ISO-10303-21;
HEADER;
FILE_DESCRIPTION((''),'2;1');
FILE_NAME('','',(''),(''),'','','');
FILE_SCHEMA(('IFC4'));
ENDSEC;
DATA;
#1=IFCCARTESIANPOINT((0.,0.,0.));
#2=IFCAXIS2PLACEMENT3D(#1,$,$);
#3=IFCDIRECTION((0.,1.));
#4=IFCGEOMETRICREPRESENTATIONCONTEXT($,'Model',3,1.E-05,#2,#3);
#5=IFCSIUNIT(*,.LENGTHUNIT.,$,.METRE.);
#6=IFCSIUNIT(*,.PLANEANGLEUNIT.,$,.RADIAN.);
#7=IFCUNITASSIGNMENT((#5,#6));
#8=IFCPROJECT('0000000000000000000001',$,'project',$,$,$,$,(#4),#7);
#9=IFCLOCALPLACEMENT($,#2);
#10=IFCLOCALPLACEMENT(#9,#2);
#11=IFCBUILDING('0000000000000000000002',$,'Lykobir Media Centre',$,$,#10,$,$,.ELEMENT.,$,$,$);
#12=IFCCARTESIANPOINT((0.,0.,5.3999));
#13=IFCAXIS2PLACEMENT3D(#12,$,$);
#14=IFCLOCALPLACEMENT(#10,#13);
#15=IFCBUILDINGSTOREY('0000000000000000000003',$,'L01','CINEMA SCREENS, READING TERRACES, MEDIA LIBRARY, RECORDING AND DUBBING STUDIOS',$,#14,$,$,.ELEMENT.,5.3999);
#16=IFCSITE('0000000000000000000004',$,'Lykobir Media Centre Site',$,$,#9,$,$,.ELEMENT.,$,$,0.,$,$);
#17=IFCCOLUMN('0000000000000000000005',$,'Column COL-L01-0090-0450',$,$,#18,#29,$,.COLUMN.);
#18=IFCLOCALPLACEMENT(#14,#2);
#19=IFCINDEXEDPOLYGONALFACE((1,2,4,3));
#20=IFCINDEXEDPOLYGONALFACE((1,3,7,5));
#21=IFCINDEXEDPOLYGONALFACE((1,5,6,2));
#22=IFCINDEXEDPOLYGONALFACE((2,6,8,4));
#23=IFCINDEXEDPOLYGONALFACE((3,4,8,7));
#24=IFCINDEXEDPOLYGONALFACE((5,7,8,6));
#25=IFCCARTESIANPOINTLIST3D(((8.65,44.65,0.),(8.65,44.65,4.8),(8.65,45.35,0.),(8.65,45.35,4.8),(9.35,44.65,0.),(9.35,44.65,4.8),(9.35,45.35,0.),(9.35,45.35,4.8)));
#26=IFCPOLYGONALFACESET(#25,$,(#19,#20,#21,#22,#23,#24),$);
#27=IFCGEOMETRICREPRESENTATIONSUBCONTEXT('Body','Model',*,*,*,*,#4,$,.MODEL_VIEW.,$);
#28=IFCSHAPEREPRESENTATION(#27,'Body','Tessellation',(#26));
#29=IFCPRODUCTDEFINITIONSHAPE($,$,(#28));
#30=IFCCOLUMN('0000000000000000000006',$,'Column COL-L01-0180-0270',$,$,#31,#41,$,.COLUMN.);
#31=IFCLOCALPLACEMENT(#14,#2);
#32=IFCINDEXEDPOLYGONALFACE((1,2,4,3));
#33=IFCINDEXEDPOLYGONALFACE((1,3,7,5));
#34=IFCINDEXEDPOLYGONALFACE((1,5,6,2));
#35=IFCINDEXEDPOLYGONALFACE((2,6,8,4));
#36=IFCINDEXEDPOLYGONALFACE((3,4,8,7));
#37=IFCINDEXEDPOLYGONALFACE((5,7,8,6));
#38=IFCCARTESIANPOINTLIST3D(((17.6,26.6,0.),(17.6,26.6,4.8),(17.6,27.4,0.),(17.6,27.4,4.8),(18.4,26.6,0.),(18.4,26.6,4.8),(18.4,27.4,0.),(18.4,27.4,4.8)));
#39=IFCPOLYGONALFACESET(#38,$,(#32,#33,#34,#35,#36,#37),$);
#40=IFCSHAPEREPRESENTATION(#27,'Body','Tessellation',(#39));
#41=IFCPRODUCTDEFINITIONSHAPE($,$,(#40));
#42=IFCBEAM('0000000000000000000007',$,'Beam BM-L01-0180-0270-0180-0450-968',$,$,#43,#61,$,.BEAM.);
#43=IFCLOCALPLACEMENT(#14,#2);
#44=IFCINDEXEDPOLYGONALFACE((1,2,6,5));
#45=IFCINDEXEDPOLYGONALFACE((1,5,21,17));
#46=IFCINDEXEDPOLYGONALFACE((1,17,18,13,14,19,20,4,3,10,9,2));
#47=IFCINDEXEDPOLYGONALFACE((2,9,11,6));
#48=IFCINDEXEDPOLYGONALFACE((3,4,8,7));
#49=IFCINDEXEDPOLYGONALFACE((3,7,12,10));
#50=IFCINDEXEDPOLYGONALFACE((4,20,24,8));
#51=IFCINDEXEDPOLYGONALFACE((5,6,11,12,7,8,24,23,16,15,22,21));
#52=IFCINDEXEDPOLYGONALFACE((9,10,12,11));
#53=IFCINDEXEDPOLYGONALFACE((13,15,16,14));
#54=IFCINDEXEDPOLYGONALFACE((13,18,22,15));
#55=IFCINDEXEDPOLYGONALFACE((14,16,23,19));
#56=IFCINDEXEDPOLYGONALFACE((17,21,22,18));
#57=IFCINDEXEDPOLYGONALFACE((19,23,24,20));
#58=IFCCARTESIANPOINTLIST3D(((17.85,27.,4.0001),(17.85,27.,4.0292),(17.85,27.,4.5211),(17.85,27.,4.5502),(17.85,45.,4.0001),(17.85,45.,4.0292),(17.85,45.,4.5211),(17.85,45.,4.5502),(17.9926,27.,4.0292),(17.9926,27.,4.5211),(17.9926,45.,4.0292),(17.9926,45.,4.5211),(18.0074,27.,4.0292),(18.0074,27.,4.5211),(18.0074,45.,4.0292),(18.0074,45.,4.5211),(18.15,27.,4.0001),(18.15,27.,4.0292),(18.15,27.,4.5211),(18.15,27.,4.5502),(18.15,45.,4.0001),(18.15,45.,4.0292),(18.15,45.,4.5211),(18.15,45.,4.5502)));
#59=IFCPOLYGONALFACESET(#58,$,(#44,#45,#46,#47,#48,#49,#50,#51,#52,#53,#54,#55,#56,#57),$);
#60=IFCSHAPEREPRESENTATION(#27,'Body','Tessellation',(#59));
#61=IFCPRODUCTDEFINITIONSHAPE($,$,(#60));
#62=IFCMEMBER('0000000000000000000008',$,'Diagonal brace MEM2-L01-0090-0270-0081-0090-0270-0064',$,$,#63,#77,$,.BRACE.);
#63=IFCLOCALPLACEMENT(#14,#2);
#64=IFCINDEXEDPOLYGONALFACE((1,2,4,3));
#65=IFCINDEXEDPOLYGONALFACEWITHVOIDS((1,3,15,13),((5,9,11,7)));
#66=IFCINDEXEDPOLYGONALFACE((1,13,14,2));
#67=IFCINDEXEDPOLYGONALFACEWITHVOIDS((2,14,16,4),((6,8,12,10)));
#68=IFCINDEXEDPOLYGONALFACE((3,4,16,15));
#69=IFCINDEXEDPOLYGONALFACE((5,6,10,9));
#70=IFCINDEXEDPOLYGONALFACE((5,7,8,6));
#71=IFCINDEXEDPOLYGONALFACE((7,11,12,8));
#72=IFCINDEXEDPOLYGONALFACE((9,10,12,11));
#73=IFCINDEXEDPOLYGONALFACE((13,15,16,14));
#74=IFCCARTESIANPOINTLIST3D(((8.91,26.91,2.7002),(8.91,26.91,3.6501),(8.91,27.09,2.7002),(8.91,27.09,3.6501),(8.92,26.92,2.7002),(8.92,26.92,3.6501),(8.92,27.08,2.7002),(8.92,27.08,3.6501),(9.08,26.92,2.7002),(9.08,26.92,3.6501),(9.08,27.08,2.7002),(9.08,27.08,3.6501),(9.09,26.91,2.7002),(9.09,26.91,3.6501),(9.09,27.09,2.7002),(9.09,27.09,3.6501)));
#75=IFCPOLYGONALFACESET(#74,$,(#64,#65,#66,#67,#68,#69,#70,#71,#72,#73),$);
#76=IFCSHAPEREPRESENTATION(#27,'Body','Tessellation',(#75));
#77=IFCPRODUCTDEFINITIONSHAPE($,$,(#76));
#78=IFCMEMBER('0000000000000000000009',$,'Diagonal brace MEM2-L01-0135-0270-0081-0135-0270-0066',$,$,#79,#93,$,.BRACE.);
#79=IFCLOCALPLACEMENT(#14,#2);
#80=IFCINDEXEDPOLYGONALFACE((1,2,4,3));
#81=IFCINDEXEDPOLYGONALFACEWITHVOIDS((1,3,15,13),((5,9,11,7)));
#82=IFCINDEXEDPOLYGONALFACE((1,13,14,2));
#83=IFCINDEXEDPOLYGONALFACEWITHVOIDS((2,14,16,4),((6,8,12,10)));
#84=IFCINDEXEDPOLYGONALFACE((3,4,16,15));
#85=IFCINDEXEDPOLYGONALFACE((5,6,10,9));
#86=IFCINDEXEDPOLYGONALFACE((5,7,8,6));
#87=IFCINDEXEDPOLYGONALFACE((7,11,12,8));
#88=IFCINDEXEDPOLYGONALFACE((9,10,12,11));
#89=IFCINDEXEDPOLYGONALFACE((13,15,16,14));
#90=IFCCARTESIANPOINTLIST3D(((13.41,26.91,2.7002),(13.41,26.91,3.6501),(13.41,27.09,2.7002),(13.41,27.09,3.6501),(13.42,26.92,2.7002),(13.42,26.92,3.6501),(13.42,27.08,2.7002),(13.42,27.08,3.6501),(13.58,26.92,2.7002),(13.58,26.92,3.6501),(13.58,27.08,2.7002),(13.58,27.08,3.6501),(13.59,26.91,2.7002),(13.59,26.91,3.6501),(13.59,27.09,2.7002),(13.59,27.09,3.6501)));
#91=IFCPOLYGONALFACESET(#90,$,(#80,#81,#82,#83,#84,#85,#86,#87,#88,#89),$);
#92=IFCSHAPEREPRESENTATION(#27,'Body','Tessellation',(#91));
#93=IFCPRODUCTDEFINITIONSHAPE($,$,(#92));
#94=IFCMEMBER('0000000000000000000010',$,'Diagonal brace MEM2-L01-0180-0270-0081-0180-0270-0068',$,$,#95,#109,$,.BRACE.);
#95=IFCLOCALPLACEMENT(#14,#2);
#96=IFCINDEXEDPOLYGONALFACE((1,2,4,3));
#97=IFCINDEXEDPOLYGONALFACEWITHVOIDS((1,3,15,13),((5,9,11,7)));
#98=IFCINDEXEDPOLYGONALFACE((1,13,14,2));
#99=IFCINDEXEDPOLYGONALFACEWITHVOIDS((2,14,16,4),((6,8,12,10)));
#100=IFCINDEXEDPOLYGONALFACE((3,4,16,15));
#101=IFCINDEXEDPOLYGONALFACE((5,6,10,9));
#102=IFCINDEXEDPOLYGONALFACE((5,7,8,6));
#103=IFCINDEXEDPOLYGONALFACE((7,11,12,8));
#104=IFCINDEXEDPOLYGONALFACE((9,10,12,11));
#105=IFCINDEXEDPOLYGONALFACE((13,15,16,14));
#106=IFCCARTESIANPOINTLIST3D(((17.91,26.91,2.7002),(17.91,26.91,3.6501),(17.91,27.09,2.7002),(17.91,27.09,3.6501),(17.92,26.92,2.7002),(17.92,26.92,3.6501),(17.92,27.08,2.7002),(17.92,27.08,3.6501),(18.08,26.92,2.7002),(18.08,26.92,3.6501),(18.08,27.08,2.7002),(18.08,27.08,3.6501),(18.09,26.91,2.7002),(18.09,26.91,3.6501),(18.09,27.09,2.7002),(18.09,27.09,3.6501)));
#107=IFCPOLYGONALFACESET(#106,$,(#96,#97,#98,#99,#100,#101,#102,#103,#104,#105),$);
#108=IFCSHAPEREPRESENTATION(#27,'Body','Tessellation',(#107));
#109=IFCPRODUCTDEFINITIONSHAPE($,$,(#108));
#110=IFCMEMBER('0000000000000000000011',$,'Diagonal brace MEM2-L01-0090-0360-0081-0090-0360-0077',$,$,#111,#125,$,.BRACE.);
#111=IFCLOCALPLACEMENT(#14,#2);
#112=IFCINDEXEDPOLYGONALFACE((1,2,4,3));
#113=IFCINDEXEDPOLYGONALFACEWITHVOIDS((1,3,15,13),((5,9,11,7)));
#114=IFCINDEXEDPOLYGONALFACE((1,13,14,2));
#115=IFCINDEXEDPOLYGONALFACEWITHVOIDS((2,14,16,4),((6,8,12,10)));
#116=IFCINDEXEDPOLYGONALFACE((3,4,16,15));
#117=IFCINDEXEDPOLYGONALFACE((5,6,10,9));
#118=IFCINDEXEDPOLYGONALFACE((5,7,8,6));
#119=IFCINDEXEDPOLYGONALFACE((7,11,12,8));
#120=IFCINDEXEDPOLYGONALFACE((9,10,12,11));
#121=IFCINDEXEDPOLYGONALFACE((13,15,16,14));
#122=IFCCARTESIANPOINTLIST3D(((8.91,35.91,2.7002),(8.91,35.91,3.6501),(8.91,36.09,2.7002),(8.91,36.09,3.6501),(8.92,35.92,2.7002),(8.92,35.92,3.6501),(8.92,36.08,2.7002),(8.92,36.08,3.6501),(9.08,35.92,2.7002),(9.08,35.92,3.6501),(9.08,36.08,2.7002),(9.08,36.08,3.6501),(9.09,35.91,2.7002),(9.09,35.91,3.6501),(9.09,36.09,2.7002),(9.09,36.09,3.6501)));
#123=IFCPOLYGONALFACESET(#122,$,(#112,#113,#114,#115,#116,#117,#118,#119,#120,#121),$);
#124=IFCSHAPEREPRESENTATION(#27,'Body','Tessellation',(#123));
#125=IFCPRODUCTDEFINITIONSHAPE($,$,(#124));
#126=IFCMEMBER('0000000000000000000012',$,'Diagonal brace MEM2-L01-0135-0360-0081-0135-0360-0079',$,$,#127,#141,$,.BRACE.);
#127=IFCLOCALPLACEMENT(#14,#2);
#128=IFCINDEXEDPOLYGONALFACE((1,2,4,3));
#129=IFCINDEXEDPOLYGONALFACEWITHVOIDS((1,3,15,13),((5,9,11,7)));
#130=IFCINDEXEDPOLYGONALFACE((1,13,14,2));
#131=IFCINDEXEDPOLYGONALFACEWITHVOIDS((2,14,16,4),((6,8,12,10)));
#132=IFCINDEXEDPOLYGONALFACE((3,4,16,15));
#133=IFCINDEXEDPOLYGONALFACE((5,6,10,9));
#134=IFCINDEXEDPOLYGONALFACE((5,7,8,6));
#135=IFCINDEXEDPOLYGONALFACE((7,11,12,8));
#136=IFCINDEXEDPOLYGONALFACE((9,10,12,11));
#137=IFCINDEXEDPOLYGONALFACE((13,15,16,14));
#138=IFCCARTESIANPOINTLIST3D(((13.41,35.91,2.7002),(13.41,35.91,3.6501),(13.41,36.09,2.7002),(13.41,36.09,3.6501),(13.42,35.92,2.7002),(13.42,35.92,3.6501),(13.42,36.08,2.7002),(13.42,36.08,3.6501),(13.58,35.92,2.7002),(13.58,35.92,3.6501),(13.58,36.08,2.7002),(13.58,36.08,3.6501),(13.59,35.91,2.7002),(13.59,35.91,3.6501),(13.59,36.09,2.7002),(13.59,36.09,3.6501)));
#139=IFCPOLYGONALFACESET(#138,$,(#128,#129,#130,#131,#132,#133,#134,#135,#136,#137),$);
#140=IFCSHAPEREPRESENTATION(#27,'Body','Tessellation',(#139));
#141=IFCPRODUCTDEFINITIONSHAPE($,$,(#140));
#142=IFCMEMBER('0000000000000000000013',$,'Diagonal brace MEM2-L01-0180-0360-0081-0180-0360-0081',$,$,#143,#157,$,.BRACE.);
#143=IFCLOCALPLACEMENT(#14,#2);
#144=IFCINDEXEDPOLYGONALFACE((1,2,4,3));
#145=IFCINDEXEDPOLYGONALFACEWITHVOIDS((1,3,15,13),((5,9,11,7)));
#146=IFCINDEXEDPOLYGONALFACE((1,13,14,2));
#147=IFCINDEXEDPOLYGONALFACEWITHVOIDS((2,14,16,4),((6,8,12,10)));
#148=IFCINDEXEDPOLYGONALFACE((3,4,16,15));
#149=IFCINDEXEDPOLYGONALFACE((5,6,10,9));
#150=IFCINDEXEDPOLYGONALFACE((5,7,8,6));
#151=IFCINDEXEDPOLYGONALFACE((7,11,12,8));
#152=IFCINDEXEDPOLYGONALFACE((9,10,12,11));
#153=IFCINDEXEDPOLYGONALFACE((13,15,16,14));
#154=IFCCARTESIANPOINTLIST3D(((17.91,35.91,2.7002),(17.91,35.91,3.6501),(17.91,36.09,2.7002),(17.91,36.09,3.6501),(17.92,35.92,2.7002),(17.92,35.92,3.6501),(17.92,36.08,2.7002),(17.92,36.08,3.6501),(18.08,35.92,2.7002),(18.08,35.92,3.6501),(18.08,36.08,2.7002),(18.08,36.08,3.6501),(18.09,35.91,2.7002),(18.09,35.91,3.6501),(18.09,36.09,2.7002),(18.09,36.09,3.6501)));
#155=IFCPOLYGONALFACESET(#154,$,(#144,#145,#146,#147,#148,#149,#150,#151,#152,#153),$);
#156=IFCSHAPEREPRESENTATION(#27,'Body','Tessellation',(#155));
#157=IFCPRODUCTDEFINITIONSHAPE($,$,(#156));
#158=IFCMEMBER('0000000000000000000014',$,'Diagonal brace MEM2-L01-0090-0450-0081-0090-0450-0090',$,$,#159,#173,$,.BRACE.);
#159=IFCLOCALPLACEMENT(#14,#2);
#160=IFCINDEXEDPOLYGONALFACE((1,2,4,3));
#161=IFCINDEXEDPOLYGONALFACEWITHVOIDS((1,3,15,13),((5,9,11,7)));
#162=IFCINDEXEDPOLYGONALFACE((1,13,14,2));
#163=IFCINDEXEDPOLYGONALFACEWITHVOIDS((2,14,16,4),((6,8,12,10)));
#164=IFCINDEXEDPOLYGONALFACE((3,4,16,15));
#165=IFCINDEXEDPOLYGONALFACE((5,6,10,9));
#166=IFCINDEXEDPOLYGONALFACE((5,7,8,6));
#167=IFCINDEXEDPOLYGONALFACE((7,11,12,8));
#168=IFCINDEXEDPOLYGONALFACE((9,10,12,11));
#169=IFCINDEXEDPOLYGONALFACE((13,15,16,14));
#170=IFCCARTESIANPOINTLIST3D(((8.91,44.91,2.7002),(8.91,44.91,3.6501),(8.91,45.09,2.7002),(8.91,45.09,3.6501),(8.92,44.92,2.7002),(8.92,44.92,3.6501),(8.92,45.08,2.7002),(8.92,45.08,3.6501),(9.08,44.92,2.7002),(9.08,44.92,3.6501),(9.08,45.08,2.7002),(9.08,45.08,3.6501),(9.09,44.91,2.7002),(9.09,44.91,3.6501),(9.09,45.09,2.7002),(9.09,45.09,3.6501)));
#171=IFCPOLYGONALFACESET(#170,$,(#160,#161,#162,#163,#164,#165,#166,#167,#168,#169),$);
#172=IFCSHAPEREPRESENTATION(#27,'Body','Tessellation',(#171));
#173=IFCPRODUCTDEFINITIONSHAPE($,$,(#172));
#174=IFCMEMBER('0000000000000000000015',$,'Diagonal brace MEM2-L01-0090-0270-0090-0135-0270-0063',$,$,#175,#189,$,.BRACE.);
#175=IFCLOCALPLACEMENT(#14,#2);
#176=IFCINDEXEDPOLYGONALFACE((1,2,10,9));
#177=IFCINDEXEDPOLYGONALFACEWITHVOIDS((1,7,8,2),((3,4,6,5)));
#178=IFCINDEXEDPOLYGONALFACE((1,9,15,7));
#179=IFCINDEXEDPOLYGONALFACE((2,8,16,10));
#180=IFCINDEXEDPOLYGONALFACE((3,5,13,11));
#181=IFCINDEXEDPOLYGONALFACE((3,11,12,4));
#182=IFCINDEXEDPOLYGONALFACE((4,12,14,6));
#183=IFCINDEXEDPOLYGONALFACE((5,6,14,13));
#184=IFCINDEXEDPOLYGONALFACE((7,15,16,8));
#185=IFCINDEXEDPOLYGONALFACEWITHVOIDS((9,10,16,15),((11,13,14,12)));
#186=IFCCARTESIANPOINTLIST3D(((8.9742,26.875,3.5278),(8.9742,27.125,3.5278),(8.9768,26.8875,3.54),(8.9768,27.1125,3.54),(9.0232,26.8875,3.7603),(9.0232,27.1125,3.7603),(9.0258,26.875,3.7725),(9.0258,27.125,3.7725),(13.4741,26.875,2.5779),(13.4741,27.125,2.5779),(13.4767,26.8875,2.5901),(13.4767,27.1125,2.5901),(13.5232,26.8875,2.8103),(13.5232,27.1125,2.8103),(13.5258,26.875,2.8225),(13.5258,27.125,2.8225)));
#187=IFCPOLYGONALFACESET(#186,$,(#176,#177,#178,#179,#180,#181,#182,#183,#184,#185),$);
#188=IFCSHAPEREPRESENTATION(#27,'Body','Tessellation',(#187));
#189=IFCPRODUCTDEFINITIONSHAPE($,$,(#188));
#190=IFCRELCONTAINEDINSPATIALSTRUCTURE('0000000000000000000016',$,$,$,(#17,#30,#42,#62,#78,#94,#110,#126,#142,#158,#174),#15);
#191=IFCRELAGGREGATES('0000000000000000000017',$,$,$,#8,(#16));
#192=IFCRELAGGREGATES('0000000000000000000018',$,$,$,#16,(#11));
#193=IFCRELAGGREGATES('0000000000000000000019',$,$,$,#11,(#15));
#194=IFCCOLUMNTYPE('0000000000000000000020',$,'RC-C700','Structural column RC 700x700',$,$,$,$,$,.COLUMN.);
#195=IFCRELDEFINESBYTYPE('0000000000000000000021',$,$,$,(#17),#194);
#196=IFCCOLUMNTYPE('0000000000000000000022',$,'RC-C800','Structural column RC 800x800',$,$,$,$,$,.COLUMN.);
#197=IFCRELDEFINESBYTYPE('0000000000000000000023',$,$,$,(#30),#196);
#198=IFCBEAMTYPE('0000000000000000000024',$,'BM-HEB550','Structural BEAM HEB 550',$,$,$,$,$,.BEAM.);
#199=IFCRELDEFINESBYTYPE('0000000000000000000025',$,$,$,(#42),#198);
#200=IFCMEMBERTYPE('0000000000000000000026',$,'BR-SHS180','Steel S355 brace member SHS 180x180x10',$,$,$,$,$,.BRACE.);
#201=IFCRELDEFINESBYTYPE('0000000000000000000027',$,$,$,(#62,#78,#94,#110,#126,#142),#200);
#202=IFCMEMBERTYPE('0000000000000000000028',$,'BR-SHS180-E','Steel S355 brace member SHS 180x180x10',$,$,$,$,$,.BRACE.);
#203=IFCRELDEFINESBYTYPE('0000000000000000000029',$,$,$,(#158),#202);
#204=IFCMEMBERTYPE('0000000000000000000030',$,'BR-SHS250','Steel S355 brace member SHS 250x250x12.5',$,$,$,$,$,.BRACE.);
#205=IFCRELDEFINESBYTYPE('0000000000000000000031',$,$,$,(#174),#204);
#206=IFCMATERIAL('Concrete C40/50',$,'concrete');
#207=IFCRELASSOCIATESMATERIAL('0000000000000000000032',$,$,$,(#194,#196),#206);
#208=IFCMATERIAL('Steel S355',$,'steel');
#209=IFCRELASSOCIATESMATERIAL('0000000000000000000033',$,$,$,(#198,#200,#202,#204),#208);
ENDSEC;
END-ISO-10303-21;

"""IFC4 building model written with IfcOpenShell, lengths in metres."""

from ifc_helpers import new_model, si_unit, direction, frame, origin, origin_2d, place, context, subcontext, project, spatial, rectangle, hollow_rectangle, i_section, extrude, material, material_profile, profile_set, type_object, element, save


model = new_model("IFC4")

# Units and contexts
model_context = context("Model", 3, precision=1e-05, world=origin(), true_north=direction((0.0, 1.0)))
body_context = subcontext(model_context, "Body", "Model", "MODEL_VIEW")
ifc_project = project(units=[si_unit("LENGTHUNIT", "METRE"), si_unit("PLANEANGLEUNIT", "RADIAN")], contexts=[model_context])

# Site, building, storey
site_placement = place(None, origin())
site = spatial("IfcSite", under=ifc_project, at=site_placement, Name="Lykobir Media Centre Site", CompositionType="ELEMENT", RefElevation=0.0)
building_placement = place(site_placement, origin())
building = spatial("IfcBuilding", under=site, at=building_placement, Name="Lykobir Media Centre", CompositionType="ELEMENT")
storey_placement = place(building_placement, frame((0.0, 0.0, 5.3999)))
storey = spatial("IfcBuildingStorey", under=building, at=storey_placement, Name="L01", Description="CINEMA SCREENS, READING TERRACES, MEDIA LIBRARY, RECORDING AND DUBBING STUDIOS", CompositionType="ELEMENT", Elevation=5.3999)

# Columns
ifc_material_1 = material(Name="Concrete C40/50", Category="concrete")
ifc_material_profile_1 = material_profile(ifc_material_1, rectangle(XDim=0.7, YDim=0.7, at=origin_2d()), Name="RC 700x700")
ifc_profile_set_1 = profile_set([ifc_material_profile_1], Name="Concrete C40/50")
column_type_1 = type_object("IfcColumnType", Name="RC-C700", Description="Structural column RC 700x700", PredefinedType="COLUMN", material=ifc_profile_set_1)
column_1_placement = place(storey_placement, frame((9.0, 45.0, 0.0), z_axis=(0.0, 0.0, 1.0), x_axis=(1.0, 0.0, 0.0)))
element("IfcColumn", 1, at=column_1_placement, inside=storey, type_object=column_type_1, Name="Column COL-L01-0090-0450", PredefinedType="COLUMN", context=body_context, shape_type="SweptSolid", body=[
    extrude(rectangle(XDim=0.7, YDim=0.7, at=origin_2d()), origin(), (0.0, 0.0, 1.0), 4.8),
])
ifc_material_profile_2 = material_profile(ifc_material_1, rectangle(XDim=0.8, YDim=0.8, at=origin_2d()), Name="RC 800x800")
ifc_profile_set_2 = profile_set([ifc_material_profile_2], Name="Concrete C40/50")
column_type_2 = type_object("IfcColumnType", Name="RC-C800", Description="Structural column RC 800x800", PredefinedType="COLUMN", material=ifc_profile_set_2)
column_2_placement = place(storey_placement, frame((18.0, 27.0, 0.0), z_axis=(0.0, 0.0, 1.0), x_axis=(1.0, 0.0, 0.0)))
element("IfcColumn", 2, at=column_2_placement, inside=storey, type_object=column_type_2, Name="Column COL-L01-0180-0270", PredefinedType="COLUMN", context=body_context, shape_type="SweptSolid", body=[
    extrude(rectangle(XDim=0.8, YDim=0.8, at=origin_2d()), origin(), (0.0, 0.0, 1.0), 4.8),
])

# Beam
ifc_material_2 = material(Name="Steel S355", Category="steel")
ifc_material_profile_3 = material_profile(ifc_material_2, i_section(OverallWidth=0.3, OverallDepth=0.55, WebThickness=0.0149, FlangeThickness=0.0291, at=origin_2d()), Name="HEB 550")
ifc_profile_set_3 = profile_set([ifc_material_profile_3], Name="Steel S355")
beam_type_1 = type_object("IfcBeamType", Name="BM-HEB550", Description="Structural BEAM HEB 550", PredefinedType="BEAM", material=ifc_profile_set_3)
beam_placement = place(storey_placement, frame((18.0, 27.0, 4.2751), z_axis=(0.0, 1.0, 0.0), x_axis=(-1.0, 0.0, 0.0)))
element("IfcBeam", 3, at=beam_placement, inside=storey, type_object=beam_type_1, Name="Beam BM-L01-0180-0270-0180-0450-968", PredefinedType="BEAM", context=body_context, shape_type="SweptSolid", body=[
    extrude(i_section(OverallWidth=0.3, OverallDepth=0.55, WebThickness=0.0149, FlangeThickness=0.0291, at=origin_2d()), origin(), (0.0, 0.0, 1.0), 18.0),
])

# Members
ifc_material_profile_4 = material_profile(ifc_material_2, hollow_rectangle(XDim=0.1799, YDim=0.1799, WallThickness=0.01, at=origin_2d()), Name="SHS 180x180x10")
ifc_profile_set_4 = profile_set([ifc_material_profile_4], Name="Steel S355")
member_type_1 = type_object("IfcMemberType", Name="BR-SHS180", Description="Steel S355 brace member SHS 180x180x10", PredefinedType="BRACE", material=ifc_profile_set_4)
for number, where, z_axis, x_axis, name in (
    (4, (9.0, 27.0, 2.7002), (0.0, 0.0, 1.0), (1.0, 0.0, 0.0), "Diagonal brace MEM2-L01-0090-0270-0081-0090-0270-0064"),
    (5, (13.5, 27.0, 2.7002), (0.0, 0.0, 1.0), (1.0, 0.0, 0.0), "Diagonal brace MEM2-L01-0135-0270-0081-0135-0270-0066"),
    (6, (18.0, 27.0, 2.7002), (0.0, 0.0, 1.0), (1.0, 0.0, 0.0), "Diagonal brace MEM2-L01-0180-0270-0081-0180-0270-0068"),
    (7, (9.0, 36.0, 2.7002), (0.0, 0.0, 1.0), (1.0, 0.0, 0.0), "Diagonal brace MEM2-L01-0090-0360-0081-0090-0360-0077"),
    (8, (13.5, 36.0, 2.7002), (0.0, 0.0, 1.0), (1.0, 0.0, 0.0), "Diagonal brace MEM2-L01-0135-0360-0081-0135-0360-0079"),
    (9, (18.0, 36.0, 2.7002), (0.0, 0.0, 1.0), (1.0, 0.0, 0.0), "Diagonal brace MEM2-L01-0180-0360-0081-0180-0360-0081"),
):
    element("IfcMember", number, at=place(storey_placement, frame(where, z_axis=z_axis, x_axis=x_axis)), inside=storey, type_object=member_type_1, Name=name, PredefinedType="BRACE", context=body_context, shape_type="SweptSolid", body=[
        extrude(hollow_rectangle(XDim=0.1799, YDim=0.1799, WallThickness=0.01, at=origin_2d()), origin(), (0.0, 0.0, 1.0), 0.95),
    ])
ifc_material_profile_5 = material_profile(ifc_material_2, hollow_rectangle(XDim=0.1799, YDim=0.1799, WallThickness=0.01, at=origin_2d()), Name="SHS 180x180x10")
ifc_profile_set_5 = profile_set([ifc_material_profile_5], Name="Steel S355")
member_type_2 = type_object("IfcMemberType", Name="BR-SHS180-E", Description="Steel S355 brace member SHS 180x180x10", PredefinedType="BRACE", material=ifc_profile_set_5)
member_1_placement = place(storey_placement, frame((9.0, 45.0, 2.7002), z_axis=(0.0, 0.0, 1.0), x_axis=(1.0, 0.0, 0.0)))
element("IfcMember", 10, at=member_1_placement, inside=storey, type_object=member_type_2, Name="Diagonal brace MEM2-L01-0090-0450-0081-0090-0450-0090", PredefinedType="BRACE", context=body_context, shape_type="SweptSolid", body=[
    extrude(hollow_rectangle(XDim=0.1799, YDim=0.1799, WallThickness=0.01, at=origin_2d()), origin(), (0.0, 0.0, 1.0), 0.95),
])
ifc_material_profile_6 = material_profile(ifc_material_2, hollow_rectangle(XDim=0.25, YDim=0.25, WallThickness=0.0125, at=origin_2d()), Name="SHS 250x250x12.5")
ifc_profile_set_6 = profile_set([ifc_material_profile_6], Name="Steel S355")
member_type_3 = type_object("IfcMemberType", Name="BR-SHS250", Description="Steel S355 brace member SHS 250x250x12.5", PredefinedType="BRACE", material=ifc_profile_set_6)
for number, where, z_axis, x_axis, name in (
    (11, (9.0, 27.0, 3.6501), (0.978436, 0.0, -0.206548), (0.0, 1.0, 0.0), "Diagonal brace MEM2-L01-0090-0270-0090-0135-0270-0063"),
):
    element("IfcMember", number, at=place(storey_placement, frame(where, z_axis=z_axis, x_axis=x_axis)), inside=storey, type_object=member_type_3, Name=name, PredefinedType="BRACE", context=body_context, shape_type="SweptSolid", body=[
        extrude(hollow_rectangle(XDim=0.25, YDim=0.25, WallThickness=0.0125, at=origin_2d()), origin(), (0.0, 0.0, 1.0), 4.5991),
    ])

save(model, "model.ifc")
